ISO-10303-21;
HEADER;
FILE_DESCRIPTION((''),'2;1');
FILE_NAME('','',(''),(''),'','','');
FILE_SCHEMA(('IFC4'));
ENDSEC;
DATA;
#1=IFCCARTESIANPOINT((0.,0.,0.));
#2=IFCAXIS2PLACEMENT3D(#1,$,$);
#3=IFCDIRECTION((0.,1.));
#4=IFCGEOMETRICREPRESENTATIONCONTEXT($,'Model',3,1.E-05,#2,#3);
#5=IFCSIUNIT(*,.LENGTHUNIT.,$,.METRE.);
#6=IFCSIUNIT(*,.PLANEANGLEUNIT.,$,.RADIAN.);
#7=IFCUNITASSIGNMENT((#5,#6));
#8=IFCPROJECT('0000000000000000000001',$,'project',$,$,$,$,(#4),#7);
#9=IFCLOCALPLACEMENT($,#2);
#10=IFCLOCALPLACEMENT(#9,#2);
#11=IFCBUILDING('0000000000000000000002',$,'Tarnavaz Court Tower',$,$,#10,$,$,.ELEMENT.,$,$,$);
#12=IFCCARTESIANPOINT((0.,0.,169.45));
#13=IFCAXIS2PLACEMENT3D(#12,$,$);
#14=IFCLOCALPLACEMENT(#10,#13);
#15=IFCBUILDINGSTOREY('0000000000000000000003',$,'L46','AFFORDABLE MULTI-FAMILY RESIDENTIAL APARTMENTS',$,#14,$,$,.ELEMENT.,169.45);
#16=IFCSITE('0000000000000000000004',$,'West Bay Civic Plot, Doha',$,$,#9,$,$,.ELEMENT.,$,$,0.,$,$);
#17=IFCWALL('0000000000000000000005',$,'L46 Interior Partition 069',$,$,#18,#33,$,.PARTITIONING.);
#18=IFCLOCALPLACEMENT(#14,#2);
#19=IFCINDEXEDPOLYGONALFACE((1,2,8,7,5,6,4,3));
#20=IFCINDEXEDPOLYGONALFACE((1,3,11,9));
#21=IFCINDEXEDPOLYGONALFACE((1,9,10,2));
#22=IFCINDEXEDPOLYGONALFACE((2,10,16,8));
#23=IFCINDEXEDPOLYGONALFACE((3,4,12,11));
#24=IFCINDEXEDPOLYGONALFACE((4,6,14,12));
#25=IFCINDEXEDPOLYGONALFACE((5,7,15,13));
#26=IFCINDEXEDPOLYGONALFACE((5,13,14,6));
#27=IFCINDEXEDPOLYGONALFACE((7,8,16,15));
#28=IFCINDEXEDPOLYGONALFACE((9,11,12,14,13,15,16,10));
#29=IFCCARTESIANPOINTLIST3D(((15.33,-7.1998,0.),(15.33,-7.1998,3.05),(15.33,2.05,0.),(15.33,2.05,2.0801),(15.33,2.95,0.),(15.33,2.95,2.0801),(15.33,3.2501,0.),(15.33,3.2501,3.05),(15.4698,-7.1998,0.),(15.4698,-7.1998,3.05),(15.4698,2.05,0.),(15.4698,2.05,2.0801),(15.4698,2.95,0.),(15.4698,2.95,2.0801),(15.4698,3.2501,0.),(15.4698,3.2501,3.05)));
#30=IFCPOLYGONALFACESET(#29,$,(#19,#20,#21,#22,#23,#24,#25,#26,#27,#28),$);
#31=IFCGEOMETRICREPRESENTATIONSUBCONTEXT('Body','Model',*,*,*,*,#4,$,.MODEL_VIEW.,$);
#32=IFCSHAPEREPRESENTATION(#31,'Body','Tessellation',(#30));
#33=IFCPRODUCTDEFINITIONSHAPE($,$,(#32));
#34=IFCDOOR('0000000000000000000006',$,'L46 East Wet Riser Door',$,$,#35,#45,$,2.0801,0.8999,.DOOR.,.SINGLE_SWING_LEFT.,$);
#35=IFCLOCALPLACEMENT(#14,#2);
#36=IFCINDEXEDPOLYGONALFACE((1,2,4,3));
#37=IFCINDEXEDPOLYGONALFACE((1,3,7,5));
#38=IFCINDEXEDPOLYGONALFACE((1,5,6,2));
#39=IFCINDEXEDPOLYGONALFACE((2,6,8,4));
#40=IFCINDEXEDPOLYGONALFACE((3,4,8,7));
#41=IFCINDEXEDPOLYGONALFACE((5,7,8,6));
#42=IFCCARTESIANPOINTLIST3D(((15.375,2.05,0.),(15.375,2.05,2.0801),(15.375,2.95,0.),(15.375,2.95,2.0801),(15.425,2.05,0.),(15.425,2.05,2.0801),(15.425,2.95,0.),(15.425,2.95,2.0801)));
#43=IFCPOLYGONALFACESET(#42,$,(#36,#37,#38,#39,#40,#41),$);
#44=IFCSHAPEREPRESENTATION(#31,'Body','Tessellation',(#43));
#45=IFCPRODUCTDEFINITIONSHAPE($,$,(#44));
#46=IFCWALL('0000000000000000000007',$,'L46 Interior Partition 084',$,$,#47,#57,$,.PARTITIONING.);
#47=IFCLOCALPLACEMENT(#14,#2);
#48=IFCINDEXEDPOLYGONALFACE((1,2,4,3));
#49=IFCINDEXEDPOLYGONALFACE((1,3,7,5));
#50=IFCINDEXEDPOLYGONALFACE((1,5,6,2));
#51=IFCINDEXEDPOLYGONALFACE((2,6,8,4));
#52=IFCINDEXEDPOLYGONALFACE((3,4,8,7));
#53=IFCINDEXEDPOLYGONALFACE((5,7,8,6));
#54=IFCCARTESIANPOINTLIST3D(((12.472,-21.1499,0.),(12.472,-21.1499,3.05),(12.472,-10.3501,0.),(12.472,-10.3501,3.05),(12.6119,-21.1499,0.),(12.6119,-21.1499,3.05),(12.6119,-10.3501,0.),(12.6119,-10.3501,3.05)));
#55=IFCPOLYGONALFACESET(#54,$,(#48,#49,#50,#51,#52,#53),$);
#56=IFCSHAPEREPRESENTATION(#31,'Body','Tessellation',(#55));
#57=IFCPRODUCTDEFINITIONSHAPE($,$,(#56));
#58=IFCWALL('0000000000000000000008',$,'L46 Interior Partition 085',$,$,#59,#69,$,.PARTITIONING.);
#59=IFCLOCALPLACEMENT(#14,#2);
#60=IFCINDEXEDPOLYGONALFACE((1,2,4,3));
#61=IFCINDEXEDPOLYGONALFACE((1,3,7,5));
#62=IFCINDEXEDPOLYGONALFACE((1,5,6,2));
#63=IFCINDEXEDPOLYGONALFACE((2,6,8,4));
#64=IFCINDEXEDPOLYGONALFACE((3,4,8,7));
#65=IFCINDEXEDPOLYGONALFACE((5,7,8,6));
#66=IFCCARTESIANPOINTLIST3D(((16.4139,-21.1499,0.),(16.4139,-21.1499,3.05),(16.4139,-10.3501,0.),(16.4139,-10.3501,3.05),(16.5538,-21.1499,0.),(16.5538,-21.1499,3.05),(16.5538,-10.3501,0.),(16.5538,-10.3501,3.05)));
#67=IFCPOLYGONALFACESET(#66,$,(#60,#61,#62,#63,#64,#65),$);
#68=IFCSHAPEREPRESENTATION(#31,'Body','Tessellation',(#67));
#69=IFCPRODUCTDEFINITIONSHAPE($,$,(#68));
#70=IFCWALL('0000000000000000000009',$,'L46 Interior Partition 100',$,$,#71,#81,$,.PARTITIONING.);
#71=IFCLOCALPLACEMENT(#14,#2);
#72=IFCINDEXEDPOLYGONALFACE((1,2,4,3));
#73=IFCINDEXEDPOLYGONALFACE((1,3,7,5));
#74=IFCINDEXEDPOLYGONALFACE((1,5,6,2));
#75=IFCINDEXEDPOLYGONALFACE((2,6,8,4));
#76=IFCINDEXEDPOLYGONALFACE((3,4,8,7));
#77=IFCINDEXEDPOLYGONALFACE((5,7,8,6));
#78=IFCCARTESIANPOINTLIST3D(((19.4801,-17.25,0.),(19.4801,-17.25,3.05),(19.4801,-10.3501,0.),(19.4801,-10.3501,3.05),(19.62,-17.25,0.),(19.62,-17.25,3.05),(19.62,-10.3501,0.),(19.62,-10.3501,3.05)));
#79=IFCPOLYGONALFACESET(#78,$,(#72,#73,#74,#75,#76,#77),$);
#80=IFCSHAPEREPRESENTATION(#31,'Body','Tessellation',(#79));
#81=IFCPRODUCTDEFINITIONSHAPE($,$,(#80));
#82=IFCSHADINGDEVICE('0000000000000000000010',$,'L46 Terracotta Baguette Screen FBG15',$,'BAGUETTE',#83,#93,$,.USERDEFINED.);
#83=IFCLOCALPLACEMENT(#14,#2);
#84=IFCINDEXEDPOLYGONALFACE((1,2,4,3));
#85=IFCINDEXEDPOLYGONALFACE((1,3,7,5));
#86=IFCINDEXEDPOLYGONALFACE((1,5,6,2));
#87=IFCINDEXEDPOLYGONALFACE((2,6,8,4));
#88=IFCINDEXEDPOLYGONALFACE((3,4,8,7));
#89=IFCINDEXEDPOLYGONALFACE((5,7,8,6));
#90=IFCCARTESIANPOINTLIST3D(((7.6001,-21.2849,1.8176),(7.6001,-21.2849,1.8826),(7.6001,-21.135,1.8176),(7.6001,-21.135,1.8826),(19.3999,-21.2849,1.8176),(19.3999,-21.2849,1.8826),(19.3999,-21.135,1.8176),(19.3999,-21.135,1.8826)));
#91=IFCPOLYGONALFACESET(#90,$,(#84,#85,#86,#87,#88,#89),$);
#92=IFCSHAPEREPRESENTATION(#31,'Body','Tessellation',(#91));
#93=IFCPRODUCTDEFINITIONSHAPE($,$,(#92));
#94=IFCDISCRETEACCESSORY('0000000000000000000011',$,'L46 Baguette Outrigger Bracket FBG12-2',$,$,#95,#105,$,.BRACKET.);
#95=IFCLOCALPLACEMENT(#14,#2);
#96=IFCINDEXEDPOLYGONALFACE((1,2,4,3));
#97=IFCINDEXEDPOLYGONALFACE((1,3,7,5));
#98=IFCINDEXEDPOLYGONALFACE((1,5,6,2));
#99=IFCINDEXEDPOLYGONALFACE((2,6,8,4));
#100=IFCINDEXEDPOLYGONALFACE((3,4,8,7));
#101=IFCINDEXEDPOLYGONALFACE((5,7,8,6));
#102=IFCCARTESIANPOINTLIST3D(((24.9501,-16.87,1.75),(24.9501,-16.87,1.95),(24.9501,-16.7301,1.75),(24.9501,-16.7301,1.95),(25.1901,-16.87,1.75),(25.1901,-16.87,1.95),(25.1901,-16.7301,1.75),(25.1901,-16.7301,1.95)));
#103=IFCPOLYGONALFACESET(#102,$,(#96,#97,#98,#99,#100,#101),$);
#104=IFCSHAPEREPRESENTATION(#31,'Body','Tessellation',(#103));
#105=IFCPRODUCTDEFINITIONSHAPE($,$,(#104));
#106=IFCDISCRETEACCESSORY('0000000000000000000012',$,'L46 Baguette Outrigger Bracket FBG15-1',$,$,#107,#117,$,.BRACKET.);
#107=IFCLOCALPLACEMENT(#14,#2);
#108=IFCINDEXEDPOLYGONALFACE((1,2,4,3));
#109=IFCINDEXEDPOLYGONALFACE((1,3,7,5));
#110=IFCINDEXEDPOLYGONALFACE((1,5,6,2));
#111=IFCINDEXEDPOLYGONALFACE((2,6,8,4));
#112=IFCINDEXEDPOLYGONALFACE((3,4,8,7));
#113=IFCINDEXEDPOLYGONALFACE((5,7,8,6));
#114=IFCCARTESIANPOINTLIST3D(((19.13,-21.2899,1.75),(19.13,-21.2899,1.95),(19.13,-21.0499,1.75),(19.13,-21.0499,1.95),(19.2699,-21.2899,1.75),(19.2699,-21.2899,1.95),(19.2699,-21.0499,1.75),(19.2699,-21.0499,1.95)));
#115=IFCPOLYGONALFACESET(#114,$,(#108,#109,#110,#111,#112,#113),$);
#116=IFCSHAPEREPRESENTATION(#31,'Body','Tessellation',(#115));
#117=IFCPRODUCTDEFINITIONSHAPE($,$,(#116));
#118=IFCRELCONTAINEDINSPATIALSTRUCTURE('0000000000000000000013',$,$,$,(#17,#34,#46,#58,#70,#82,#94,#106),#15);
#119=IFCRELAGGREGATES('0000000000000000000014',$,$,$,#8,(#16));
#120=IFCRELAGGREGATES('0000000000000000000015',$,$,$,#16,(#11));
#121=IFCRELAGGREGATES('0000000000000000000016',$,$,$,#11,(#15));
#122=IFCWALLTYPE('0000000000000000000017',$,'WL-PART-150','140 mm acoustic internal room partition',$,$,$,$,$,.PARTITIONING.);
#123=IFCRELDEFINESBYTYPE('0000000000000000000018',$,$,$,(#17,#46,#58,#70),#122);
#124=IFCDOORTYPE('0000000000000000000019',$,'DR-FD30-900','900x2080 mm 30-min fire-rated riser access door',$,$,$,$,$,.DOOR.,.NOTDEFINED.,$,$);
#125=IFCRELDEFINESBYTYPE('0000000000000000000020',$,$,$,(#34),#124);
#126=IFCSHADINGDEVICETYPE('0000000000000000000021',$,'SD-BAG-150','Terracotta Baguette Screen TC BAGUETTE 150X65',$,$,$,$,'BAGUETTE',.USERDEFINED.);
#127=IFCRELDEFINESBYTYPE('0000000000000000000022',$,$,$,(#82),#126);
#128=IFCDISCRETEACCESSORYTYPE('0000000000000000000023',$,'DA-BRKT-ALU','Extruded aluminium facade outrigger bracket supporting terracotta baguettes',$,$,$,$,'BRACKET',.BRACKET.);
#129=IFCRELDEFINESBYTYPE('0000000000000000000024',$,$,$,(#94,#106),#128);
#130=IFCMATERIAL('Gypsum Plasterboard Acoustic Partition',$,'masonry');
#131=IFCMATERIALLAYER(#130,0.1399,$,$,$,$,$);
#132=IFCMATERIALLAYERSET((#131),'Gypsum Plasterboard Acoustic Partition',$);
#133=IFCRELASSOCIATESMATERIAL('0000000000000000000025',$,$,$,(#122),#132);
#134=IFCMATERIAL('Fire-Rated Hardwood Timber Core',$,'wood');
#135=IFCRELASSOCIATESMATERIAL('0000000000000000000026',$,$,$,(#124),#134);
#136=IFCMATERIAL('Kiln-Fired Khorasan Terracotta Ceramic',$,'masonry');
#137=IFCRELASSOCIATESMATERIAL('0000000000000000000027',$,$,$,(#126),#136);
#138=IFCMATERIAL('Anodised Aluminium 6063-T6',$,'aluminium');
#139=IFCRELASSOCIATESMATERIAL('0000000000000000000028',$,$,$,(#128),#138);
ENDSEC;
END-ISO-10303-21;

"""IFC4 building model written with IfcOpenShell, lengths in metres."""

from ifc_helpers import new_model, si_unit, direction, frame, frame_2d, origin, origin_2d, place, context, subcontext, project, spatial, rectangle, extrude, material, layer, layer_set, material_profile, profile_set, type_object, element, fill, save


model = new_model("IFC4")

# Units and contexts
model_context = context("Model", 3, precision=1e-05, world=origin(), true_north=direction((0.0, 1.0)))
body_context = subcontext(model_context, "Body", "Model", "MODEL_VIEW")
ifc_project = project(units=[si_unit("LENGTHUNIT", "METRE"), si_unit("PLANEANGLEUNIT", "RADIAN")], contexts=[model_context])

# Site, building, storey
site_placement = place(None, origin())
site = spatial("IfcSite", under=ifc_project, at=site_placement, Name="West Bay Civic Plot, Doha", CompositionType="ELEMENT", RefElevation=0.0)
building_placement = place(site_placement, origin())
building = spatial("IfcBuilding", under=site, at=building_placement, Name="Tarnavaz Court Tower", CompositionType="ELEMENT")
storey_placement = place(building_placement, frame((0.0, 0.0, 169.45)))
storey = spatial("IfcBuildingStorey", under=building, at=storey_placement, Name="L46", Description="AFFORDABLE MULTI-FAMILY RESIDENTIAL APARTMENTS", CompositionType="ELEMENT", Elevation=169.45)

# Wall, opening, door
ifc_material_1 = material(Name="Gypsum Plasterboard Acoustic Partition", Category="masonry")
ifc_layer_1 = layer(ifc_material_1, 0.1399)
ifc_layer_set_1 = layer_set([ifc_layer_1], Name="Gypsum Plasterboard Acoustic Partition")
wall_type_1 = type_object("IfcWallType", Name="WL-PART-150", Description="140 mm acoustic internal room partition", PredefinedType="PARTITIONING", material=ifc_layer_set_1)
wall_1_placement = place(storey_placement, frame((15.3999, -7.2, 0.0), z_axis=(0.0, 0.0, 1.0), x_axis=(0.0, 1.0, 0.0)))
wall_1 = element("IfcWall", 1, at=wall_1_placement, inside=storey, type_object=wall_type_1, Name="L46 Interior Partition 069", PredefinedType="PARTITIONING", context=body_context, shape_type="SweptSolid", body=[
    extrude(rectangle(XDim=10.45, YDim=0.1399, at=frame_2d((5.2251, 0.0))), origin(), (0.0, 0.0, 1.0), 3.05),
])
opening_1_placement = place(wall_1_placement, frame((9.25, 0.0, 0.0)))
opening_1 = element("IfcOpeningElement", 2, at=opening_1_placement, cuts=wall_1, PredefinedType="OPENING", context=body_context, shape_type="SweptSolid", body=[
    extrude(rectangle(XDim=0.8999, YDim=2.0801, at=frame_2d((0.45, 1.04))), frame((0.0, 0.0798, 0.0), z_axis=(0.0, -1.0, 0.0), x_axis=(1.0, 0.0, 0.0)), (0.0, 0.0, 1.0), 0.1599),
])
ifc_material_2 = material(Name="Fire-Rated Hardwood Timber Core", Category="wood")
door_type_1 = type_object("IfcDoorType", Name="DR-FD30-900", Description="900x2080 mm 30-min fire-rated riser access door", OperationType="NOTDEFINED", PredefinedType="DOOR", material=ifc_material_2)
door_1_placement = place(opening_1_placement, origin())
door_1 = element("IfcDoor", 3, at=door_1_placement, inside=storey, type_object=door_type_1, Name="L46 East Wet Riser Door", OperationType="SINGLE_SWING_LEFT", OverallHeight=2.0801, OverallWidth=0.8999, PredefinedType="DOOR", context=body_context, shape_type="SweptSolid", body=[
    extrude(rectangle(XDim=0.8999, YDim=2.0801, at=frame_2d((0.45, 1.04))), frame((0.0, 0.0249, 0.0), z_axis=(0.0, -1.0, 0.0), x_axis=(1.0, 0.0, 0.0)), (0.0, 0.0, 1.0), 0.05),
])
fill(opening_1, door_1)

# Walls
for number, where, z_axis, x_axis, name in (
    (4, (12.542, -21.1499, 0.0), (0.0, 0.0, 1.0), (0.0, 1.0, 0.0), "L46 Interior Partition 084"),
    (5, (16.4839, -21.1499, 0.0), (0.0, 0.0, 1.0), (0.0, 1.0, 0.0), "L46 Interior Partition 085"),
):
    element("IfcWall", number, at=place(storey_placement, frame(where, z_axis=z_axis, x_axis=x_axis)), inside=storey, type_object=wall_type_1, Name=name, PredefinedType="PARTITIONING", context=body_context, shape_type="SweptSolid", body=[
        extrude(rectangle(XDim=10.7998, YDim=0.1399, at=frame_2d((5.3999, 0.0))), origin(), (0.0, 0.0, 1.0), 3.05),
    ])
wall_2_placement = place(storey_placement, frame((19.55, -17.25, 0.0), z_axis=(0.0, 0.0, 1.0), x_axis=(0.0, 1.0, 0.0)))
element("IfcWall", 6, at=wall_2_placement, inside=storey, type_object=wall_type_1, Name="L46 Interior Partition 100", PredefinedType="PARTITIONING", context=body_context, shape_type="SweptSolid", body=[
    extrude(rectangle(XDim=6.8999, YDim=0.1399, at=frame_2d((3.45, 0.0))), origin(), (0.0, 0.0, 1.0), 3.05),
])

# Shading device
ifc_material_3 = material(Name="Kiln-Fired Khorasan Terracotta Ceramic", Category="masonry")
ifc_material_profile_1 = material_profile(ifc_material_3, rectangle(XDim=0.1499, YDim=0.0649, at=origin_2d()), Name="TC BAGUETTE 150X65")
ifc_profile_set_1 = profile_set([ifc_material_profile_1], Name="Kiln-Fired Khorasan Terracotta Ceramic")
shading_device_type = type_object("IfcShadingDeviceType", Name="SD-BAG-150", Description="Terracotta Baguette Screen TC BAGUETTE 150X65", ElementType="BAGUETTE", PredefinedType="USERDEFINED", material=ifc_profile_set_1)
shading_device_placement = place(storey_placement, frame((19.3999, -21.21, 1.8501), z_axis=(-1.0, 0.0, 0.0), x_axis=(0.0, -1.0, 0.0)))
element("IfcShadingDevice", 7, at=shading_device_placement, inside=storey, type_object=shading_device_type, Name="L46 Terracotta Baguette Screen FBG15", ObjectType="BAGUETTE", PredefinedType="USERDEFINED", context=body_context, shape_type="SweptSolid", body=[
    extrude(rectangle(XDim=0.1499, YDim=0.0649, at=origin_2d()), origin(), (0.0, 0.0, 1.0), 11.7998),
])

# Discrete accessories
ifc_material_4 = material(Name="Anodised Aluminium 6063-T6", Category="aluminium")
discrete_accessory_type = type_object("IfcDiscreteAccessoryType", Name="DA-BRKT-ALU", Description="Extruded aluminium facade outrigger bracket supporting terracotta baguettes", ElementType="BRACKET", PredefinedType="BRACKET", material=ifc_material_4)
for number, where, z_axis, x_axis, name in (
    (8, (25.0701, -16.8, 1.75), (0.0, 0.0, 1.0), (0.0, -1.0, 0.0), "L46 Baguette Outrigger Bracket FBG12-2"),
    (9, (19.2, -21.1699, 1.75), (0.0, 0.0, 1.0), (-1.0, 0.0, 0.0), "L46 Baguette Outrigger Bracket FBG15-1"),
):
    element("IfcDiscreteAccessory", number, at=place(storey_placement, frame(where, z_axis=z_axis, x_axis=x_axis)), inside=storey, type_object=discrete_accessory_type, Name=name, PredefinedType="BRACKET", context=body_context, shape_type="SweptSolid", body=[
        extrude(rectangle(XDim=0.1399, YDim=0.24, at=origin_2d()), origin(), (0.0, 0.0, 1.0), 0.2),
    ])

save(model, "model.ifc")
